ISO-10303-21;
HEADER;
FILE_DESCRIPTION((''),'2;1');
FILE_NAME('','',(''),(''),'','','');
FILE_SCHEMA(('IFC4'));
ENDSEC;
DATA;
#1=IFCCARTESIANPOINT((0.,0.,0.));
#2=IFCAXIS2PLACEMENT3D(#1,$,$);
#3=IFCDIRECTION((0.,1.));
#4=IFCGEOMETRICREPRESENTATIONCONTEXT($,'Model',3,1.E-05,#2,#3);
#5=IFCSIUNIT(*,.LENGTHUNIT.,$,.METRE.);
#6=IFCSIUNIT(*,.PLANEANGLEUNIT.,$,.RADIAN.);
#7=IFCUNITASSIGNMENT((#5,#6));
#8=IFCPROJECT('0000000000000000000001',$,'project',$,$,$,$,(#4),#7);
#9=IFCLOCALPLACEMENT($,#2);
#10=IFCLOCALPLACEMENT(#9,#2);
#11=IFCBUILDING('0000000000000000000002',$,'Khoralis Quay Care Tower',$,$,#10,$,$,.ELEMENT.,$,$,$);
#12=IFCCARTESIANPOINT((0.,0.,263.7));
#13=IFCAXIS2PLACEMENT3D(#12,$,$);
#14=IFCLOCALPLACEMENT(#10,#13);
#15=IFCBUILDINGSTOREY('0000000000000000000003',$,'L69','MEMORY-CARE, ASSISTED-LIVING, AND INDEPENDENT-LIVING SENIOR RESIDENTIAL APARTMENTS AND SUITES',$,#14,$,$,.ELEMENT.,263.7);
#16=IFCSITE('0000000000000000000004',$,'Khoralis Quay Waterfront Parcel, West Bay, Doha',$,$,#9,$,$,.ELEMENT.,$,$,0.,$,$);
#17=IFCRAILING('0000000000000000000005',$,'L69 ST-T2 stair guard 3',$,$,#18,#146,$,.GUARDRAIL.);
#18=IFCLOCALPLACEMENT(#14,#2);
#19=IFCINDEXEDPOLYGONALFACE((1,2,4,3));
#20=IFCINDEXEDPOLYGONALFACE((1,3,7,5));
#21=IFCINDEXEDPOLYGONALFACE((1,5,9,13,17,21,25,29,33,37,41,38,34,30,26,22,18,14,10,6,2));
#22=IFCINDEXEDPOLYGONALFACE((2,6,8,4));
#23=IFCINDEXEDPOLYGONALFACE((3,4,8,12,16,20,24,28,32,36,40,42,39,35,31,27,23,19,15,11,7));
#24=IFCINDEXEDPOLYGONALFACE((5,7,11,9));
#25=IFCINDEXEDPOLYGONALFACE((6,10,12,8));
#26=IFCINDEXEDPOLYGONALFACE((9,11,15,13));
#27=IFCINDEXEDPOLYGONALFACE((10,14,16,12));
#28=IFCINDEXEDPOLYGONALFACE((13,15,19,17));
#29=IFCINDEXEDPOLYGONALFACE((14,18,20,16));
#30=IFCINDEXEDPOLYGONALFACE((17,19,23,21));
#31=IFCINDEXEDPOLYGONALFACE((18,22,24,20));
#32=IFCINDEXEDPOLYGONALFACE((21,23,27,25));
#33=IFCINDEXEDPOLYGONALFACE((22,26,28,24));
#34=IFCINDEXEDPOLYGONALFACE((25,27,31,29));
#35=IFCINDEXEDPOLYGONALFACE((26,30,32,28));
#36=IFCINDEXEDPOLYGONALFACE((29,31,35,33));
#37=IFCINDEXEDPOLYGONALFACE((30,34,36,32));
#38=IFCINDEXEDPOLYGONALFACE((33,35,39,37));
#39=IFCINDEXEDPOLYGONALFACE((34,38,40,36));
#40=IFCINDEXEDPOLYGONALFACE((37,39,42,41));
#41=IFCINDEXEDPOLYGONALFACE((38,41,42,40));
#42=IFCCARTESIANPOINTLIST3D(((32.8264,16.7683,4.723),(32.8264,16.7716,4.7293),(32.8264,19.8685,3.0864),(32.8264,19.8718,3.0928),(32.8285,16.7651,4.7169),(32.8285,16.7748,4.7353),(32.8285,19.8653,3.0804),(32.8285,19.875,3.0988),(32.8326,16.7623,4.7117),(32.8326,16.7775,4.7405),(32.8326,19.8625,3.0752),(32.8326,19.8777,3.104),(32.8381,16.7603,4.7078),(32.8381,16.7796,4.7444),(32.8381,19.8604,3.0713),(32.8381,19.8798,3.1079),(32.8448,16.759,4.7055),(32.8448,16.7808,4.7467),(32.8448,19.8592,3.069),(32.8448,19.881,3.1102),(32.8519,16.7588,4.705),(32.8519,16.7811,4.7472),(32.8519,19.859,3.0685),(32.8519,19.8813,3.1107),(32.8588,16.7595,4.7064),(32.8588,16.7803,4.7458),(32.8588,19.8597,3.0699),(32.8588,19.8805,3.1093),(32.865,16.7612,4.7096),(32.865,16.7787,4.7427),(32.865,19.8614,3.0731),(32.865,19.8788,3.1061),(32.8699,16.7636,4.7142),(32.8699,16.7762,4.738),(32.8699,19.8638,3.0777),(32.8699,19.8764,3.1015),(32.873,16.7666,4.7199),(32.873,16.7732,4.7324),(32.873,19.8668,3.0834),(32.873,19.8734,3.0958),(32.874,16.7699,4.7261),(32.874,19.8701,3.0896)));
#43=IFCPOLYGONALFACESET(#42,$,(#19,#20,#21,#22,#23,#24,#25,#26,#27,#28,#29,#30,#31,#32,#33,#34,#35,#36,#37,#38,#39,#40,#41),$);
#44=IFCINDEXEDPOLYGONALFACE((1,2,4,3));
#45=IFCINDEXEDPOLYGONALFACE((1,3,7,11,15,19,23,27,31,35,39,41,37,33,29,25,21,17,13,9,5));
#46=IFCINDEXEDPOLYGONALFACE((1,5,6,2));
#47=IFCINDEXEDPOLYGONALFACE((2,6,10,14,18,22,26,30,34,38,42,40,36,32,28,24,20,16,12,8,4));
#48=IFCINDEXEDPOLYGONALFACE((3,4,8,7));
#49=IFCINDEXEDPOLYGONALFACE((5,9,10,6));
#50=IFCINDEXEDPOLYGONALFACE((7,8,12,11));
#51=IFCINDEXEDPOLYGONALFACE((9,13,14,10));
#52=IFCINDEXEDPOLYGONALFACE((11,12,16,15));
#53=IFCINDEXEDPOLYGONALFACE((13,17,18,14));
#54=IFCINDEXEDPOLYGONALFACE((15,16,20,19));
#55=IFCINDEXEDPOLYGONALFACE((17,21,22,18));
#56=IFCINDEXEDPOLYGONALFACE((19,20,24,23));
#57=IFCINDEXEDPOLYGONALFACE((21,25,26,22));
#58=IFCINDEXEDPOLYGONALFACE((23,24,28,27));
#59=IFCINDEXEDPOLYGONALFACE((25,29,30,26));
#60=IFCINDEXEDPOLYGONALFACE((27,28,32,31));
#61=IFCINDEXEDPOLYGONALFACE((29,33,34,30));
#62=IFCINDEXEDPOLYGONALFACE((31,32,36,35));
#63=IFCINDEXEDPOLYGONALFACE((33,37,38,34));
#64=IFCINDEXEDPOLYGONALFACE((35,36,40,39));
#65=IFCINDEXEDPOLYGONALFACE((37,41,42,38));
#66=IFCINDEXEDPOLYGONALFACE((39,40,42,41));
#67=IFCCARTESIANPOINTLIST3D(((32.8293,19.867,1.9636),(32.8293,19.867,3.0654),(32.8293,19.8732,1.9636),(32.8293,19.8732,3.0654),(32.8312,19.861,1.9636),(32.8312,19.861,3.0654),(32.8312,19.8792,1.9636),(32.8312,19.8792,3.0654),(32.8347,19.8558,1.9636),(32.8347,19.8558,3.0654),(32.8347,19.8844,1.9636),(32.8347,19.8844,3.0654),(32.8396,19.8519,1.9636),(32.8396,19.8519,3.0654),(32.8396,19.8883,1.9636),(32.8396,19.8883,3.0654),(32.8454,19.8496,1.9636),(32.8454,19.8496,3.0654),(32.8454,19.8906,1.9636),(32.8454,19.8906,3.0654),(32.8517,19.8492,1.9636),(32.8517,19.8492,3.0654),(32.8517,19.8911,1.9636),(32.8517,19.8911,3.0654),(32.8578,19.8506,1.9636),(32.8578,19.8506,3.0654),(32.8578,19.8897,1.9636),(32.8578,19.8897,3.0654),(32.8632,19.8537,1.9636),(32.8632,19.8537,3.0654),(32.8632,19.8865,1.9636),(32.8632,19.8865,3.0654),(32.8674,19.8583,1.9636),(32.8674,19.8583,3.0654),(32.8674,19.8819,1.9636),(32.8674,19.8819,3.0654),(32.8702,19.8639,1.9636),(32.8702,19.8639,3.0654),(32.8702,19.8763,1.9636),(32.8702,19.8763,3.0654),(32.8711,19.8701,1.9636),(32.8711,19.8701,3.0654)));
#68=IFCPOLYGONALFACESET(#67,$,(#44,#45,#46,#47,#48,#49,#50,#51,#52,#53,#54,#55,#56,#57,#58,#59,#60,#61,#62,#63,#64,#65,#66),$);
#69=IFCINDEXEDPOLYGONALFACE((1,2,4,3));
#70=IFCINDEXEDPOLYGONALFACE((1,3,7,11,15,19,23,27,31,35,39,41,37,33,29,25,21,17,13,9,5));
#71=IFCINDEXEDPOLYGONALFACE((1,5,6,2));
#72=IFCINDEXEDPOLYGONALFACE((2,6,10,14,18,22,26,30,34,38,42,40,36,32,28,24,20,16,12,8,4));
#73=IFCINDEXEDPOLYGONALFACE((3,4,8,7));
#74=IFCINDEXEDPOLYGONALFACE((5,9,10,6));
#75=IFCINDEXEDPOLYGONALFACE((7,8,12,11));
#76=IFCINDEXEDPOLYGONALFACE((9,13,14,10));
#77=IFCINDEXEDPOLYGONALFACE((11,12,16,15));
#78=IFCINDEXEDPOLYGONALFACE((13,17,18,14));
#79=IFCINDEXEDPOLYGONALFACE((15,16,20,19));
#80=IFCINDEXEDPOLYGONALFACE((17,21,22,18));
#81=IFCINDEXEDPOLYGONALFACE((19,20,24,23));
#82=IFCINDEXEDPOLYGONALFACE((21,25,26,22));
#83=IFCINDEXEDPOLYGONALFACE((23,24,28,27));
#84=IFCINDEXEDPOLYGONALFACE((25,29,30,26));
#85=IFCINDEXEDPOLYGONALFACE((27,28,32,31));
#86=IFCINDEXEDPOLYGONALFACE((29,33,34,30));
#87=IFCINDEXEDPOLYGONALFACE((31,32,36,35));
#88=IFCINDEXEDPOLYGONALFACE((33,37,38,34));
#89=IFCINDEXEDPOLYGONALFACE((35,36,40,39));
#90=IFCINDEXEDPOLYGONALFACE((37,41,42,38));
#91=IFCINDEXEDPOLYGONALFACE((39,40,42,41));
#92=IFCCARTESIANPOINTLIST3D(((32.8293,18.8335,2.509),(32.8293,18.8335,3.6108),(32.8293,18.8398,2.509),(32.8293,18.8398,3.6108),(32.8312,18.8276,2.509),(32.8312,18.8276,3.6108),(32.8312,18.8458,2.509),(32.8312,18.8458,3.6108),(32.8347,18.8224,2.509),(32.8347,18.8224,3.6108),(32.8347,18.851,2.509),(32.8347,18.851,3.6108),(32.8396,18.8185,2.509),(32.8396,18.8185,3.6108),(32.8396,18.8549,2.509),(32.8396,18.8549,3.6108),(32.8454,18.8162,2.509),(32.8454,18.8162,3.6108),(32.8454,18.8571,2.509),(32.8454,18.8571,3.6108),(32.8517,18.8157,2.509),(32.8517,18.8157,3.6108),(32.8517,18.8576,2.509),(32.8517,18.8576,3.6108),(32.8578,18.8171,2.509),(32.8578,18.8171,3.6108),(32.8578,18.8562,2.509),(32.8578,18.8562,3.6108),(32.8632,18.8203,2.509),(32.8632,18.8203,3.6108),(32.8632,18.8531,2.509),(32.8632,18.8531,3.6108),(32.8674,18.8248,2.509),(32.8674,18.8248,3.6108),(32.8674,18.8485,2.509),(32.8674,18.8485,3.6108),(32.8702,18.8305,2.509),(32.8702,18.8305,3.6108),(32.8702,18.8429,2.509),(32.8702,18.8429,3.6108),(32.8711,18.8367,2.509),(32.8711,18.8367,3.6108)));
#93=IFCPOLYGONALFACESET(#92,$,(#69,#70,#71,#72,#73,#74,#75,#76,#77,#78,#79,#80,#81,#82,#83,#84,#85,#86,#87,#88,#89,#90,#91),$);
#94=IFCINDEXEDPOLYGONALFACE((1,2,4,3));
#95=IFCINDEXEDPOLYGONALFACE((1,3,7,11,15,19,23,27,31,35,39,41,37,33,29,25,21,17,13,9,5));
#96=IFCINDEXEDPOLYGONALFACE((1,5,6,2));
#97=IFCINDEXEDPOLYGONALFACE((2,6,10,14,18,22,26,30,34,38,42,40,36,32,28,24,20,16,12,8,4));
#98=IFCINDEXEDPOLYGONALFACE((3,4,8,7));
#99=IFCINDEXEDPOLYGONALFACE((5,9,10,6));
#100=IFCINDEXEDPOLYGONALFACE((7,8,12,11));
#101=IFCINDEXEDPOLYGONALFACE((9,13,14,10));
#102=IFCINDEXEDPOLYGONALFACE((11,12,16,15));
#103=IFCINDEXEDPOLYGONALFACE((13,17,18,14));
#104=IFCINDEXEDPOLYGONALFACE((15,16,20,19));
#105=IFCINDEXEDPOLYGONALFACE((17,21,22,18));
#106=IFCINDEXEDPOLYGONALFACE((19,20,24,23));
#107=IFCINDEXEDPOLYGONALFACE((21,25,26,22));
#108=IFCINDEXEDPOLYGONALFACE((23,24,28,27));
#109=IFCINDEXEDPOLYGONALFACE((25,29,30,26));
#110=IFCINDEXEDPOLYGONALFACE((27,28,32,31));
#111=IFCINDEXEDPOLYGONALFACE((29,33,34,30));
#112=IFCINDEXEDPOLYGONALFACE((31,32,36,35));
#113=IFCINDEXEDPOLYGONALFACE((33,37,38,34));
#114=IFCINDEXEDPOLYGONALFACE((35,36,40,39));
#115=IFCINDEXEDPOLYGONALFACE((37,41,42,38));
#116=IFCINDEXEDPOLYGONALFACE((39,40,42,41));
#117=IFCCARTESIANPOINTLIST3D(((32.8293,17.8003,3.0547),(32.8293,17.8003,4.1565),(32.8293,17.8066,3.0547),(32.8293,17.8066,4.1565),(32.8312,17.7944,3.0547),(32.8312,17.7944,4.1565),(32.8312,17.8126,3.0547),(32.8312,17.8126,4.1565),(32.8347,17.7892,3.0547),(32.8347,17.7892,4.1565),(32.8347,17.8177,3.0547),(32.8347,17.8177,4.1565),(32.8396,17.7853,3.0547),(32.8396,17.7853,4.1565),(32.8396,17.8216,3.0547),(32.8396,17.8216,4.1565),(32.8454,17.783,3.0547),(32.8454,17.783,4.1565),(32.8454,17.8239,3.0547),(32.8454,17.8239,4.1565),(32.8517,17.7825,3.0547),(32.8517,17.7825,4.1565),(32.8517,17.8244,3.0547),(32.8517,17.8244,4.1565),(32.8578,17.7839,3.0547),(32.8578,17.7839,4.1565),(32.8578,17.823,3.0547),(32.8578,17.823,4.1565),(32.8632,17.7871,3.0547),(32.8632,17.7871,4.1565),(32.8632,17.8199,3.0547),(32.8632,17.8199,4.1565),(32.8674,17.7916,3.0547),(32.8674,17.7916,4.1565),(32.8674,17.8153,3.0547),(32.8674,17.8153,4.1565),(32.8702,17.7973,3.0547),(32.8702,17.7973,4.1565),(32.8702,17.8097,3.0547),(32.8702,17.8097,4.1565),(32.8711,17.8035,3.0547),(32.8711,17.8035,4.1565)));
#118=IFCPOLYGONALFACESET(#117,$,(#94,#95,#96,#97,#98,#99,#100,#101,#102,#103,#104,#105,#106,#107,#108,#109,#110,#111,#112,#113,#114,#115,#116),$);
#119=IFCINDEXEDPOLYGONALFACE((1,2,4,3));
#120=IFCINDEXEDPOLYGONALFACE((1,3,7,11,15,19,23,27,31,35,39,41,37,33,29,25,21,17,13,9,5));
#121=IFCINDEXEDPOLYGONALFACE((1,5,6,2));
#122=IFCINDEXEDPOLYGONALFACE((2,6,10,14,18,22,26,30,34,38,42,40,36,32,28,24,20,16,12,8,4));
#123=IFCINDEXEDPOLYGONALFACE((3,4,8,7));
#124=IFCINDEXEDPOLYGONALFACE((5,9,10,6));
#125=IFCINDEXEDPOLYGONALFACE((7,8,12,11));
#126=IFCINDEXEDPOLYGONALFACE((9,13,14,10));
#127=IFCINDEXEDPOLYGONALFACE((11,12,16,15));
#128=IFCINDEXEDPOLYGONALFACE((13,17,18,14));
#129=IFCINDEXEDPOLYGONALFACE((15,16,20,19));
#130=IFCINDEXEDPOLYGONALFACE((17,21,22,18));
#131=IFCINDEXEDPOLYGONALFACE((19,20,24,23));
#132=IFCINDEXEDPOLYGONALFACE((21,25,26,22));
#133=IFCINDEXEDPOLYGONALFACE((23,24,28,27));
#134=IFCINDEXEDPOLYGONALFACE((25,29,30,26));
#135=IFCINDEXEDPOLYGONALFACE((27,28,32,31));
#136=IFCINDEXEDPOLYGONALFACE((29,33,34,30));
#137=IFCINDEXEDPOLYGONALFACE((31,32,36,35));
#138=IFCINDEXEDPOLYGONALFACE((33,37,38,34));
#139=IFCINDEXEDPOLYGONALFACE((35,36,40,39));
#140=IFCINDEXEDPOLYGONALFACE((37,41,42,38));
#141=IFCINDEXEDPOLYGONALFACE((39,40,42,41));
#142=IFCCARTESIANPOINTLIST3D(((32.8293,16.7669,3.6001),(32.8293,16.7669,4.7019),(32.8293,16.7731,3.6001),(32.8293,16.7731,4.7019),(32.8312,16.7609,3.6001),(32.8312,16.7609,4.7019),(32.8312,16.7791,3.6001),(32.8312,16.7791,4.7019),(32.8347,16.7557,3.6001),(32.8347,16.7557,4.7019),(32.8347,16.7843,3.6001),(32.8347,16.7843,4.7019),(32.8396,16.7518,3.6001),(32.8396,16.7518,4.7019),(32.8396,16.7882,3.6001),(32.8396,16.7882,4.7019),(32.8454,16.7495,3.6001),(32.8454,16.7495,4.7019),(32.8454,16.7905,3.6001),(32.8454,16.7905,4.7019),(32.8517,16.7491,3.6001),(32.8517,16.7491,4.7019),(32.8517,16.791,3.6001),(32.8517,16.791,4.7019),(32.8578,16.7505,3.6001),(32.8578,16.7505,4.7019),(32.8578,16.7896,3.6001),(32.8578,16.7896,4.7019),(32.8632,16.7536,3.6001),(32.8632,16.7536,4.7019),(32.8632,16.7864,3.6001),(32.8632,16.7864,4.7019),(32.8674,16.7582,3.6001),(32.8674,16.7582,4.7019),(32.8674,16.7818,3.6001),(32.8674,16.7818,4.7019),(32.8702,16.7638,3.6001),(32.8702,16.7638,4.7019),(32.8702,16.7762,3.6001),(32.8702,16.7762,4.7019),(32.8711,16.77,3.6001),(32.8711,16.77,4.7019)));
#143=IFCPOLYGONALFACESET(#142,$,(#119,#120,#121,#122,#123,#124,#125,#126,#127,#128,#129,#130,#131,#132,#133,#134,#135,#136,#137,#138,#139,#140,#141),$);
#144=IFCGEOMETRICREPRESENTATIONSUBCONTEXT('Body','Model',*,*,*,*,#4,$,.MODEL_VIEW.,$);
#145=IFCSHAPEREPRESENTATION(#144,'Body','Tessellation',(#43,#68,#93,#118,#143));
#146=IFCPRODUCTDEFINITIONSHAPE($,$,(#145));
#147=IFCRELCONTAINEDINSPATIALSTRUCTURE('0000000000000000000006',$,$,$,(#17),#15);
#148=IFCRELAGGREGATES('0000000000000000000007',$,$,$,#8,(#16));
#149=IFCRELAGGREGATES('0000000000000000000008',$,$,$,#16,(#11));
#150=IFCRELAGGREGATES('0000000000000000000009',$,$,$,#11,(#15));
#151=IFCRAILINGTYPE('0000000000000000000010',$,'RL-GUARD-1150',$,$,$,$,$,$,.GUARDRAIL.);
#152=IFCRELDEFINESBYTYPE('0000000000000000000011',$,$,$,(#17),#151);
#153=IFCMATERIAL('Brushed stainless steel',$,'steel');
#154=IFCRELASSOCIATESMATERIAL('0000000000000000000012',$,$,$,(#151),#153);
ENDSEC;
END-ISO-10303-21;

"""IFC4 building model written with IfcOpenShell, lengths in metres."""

from ifc_helpers import new_model, si_unit, direction, frame, origin, origin_2d, place, context, subcontext, project, spatial, circle, extrude, material, type_object, element, save


model = new_model("IFC4")

# Units and contexts
model_context = context("Model", 3, precision=1e-05, world=origin(), true_north=direction((0.0, 1.0)))
body_context = subcontext(model_context, "Body", "Model", "MODEL_VIEW")
ifc_project = project(units=[si_unit("LENGTHUNIT", "METRE"), si_unit("PLANEANGLEUNIT", "RADIAN")], contexts=[model_context])

# Site, building, storey
site_placement = place(None, origin())
site = spatial("IfcSite", under=ifc_project, at=site_placement, Name="Khoralis Quay Waterfront Parcel, West Bay, Doha", CompositionType="ELEMENT", RefElevation=0.0)
building_placement = place(site_placement, origin())
building = spatial("IfcBuilding", under=site, at=building_placement, Name="Khoralis Quay Care Tower", CompositionType="ELEMENT")
storey_placement = place(building_placement, frame((0.0, 0.0, 263.7)))
storey = spatial("IfcBuildingStorey", under=building, at=storey_placement, Name="L69", Description="MEMORY-CARE, ASSISTED-LIVING, AND INDEPENDENT-LIVING SENIOR RESIDENTIAL APARTMENTS AND SUITES", CompositionType="ELEMENT", Elevation=263.7)

# Railing
ifc_material_1 = material(Name="Brushed stainless steel", Category="steel")
railing_type_1 = type_object("IfcRailingType", Name="RL-GUARD-1150", PredefinedType="GUARDRAIL", material=ifc_material_1)
railing_1_placement = place(storey_placement, frame((32.8501, 19.8701, 1.9636)))
element("IfcRailing", 1, at=railing_1_placement, inside=storey, type_object=railing_type_1, Name="L69 ST-T2 stair guard 3", PredefinedType="GUARDRAIL", context=body_context, shape_type="SweptSolid", body=[
    extrude(circle(Radius=0.0239, at=origin_2d()), frame((0.0, 0.0, 1.126), z_axis=(0.0, -0.884348, 0.466828), x_axis=(1.0, 0.0, 0.0)), (0.0, 0.0, 1.0), 3.5056),
    extrude(circle(Radius=0.021, at=origin_2d()), origin(), (0.0, 0.0, 1.0), 1.1018),
    extrude(circle(Radius=0.021, at=origin_2d()), frame((0.0, -1.0334, 0.5454)), (0.0, 0.0, 1.0), 1.1018),
    extrude(circle(Radius=0.021, at=origin_2d()), frame((0.0, -2.0667, 1.0911)), (0.0, 0.0, 1.0), 1.1018),
    extrude(circle(Radius=0.021, at=origin_2d()), frame((0.0, -3.1001, 1.6365)), (0.0, 0.0, 1.0), 1.1018),
])

save(model, "model.ifc")
